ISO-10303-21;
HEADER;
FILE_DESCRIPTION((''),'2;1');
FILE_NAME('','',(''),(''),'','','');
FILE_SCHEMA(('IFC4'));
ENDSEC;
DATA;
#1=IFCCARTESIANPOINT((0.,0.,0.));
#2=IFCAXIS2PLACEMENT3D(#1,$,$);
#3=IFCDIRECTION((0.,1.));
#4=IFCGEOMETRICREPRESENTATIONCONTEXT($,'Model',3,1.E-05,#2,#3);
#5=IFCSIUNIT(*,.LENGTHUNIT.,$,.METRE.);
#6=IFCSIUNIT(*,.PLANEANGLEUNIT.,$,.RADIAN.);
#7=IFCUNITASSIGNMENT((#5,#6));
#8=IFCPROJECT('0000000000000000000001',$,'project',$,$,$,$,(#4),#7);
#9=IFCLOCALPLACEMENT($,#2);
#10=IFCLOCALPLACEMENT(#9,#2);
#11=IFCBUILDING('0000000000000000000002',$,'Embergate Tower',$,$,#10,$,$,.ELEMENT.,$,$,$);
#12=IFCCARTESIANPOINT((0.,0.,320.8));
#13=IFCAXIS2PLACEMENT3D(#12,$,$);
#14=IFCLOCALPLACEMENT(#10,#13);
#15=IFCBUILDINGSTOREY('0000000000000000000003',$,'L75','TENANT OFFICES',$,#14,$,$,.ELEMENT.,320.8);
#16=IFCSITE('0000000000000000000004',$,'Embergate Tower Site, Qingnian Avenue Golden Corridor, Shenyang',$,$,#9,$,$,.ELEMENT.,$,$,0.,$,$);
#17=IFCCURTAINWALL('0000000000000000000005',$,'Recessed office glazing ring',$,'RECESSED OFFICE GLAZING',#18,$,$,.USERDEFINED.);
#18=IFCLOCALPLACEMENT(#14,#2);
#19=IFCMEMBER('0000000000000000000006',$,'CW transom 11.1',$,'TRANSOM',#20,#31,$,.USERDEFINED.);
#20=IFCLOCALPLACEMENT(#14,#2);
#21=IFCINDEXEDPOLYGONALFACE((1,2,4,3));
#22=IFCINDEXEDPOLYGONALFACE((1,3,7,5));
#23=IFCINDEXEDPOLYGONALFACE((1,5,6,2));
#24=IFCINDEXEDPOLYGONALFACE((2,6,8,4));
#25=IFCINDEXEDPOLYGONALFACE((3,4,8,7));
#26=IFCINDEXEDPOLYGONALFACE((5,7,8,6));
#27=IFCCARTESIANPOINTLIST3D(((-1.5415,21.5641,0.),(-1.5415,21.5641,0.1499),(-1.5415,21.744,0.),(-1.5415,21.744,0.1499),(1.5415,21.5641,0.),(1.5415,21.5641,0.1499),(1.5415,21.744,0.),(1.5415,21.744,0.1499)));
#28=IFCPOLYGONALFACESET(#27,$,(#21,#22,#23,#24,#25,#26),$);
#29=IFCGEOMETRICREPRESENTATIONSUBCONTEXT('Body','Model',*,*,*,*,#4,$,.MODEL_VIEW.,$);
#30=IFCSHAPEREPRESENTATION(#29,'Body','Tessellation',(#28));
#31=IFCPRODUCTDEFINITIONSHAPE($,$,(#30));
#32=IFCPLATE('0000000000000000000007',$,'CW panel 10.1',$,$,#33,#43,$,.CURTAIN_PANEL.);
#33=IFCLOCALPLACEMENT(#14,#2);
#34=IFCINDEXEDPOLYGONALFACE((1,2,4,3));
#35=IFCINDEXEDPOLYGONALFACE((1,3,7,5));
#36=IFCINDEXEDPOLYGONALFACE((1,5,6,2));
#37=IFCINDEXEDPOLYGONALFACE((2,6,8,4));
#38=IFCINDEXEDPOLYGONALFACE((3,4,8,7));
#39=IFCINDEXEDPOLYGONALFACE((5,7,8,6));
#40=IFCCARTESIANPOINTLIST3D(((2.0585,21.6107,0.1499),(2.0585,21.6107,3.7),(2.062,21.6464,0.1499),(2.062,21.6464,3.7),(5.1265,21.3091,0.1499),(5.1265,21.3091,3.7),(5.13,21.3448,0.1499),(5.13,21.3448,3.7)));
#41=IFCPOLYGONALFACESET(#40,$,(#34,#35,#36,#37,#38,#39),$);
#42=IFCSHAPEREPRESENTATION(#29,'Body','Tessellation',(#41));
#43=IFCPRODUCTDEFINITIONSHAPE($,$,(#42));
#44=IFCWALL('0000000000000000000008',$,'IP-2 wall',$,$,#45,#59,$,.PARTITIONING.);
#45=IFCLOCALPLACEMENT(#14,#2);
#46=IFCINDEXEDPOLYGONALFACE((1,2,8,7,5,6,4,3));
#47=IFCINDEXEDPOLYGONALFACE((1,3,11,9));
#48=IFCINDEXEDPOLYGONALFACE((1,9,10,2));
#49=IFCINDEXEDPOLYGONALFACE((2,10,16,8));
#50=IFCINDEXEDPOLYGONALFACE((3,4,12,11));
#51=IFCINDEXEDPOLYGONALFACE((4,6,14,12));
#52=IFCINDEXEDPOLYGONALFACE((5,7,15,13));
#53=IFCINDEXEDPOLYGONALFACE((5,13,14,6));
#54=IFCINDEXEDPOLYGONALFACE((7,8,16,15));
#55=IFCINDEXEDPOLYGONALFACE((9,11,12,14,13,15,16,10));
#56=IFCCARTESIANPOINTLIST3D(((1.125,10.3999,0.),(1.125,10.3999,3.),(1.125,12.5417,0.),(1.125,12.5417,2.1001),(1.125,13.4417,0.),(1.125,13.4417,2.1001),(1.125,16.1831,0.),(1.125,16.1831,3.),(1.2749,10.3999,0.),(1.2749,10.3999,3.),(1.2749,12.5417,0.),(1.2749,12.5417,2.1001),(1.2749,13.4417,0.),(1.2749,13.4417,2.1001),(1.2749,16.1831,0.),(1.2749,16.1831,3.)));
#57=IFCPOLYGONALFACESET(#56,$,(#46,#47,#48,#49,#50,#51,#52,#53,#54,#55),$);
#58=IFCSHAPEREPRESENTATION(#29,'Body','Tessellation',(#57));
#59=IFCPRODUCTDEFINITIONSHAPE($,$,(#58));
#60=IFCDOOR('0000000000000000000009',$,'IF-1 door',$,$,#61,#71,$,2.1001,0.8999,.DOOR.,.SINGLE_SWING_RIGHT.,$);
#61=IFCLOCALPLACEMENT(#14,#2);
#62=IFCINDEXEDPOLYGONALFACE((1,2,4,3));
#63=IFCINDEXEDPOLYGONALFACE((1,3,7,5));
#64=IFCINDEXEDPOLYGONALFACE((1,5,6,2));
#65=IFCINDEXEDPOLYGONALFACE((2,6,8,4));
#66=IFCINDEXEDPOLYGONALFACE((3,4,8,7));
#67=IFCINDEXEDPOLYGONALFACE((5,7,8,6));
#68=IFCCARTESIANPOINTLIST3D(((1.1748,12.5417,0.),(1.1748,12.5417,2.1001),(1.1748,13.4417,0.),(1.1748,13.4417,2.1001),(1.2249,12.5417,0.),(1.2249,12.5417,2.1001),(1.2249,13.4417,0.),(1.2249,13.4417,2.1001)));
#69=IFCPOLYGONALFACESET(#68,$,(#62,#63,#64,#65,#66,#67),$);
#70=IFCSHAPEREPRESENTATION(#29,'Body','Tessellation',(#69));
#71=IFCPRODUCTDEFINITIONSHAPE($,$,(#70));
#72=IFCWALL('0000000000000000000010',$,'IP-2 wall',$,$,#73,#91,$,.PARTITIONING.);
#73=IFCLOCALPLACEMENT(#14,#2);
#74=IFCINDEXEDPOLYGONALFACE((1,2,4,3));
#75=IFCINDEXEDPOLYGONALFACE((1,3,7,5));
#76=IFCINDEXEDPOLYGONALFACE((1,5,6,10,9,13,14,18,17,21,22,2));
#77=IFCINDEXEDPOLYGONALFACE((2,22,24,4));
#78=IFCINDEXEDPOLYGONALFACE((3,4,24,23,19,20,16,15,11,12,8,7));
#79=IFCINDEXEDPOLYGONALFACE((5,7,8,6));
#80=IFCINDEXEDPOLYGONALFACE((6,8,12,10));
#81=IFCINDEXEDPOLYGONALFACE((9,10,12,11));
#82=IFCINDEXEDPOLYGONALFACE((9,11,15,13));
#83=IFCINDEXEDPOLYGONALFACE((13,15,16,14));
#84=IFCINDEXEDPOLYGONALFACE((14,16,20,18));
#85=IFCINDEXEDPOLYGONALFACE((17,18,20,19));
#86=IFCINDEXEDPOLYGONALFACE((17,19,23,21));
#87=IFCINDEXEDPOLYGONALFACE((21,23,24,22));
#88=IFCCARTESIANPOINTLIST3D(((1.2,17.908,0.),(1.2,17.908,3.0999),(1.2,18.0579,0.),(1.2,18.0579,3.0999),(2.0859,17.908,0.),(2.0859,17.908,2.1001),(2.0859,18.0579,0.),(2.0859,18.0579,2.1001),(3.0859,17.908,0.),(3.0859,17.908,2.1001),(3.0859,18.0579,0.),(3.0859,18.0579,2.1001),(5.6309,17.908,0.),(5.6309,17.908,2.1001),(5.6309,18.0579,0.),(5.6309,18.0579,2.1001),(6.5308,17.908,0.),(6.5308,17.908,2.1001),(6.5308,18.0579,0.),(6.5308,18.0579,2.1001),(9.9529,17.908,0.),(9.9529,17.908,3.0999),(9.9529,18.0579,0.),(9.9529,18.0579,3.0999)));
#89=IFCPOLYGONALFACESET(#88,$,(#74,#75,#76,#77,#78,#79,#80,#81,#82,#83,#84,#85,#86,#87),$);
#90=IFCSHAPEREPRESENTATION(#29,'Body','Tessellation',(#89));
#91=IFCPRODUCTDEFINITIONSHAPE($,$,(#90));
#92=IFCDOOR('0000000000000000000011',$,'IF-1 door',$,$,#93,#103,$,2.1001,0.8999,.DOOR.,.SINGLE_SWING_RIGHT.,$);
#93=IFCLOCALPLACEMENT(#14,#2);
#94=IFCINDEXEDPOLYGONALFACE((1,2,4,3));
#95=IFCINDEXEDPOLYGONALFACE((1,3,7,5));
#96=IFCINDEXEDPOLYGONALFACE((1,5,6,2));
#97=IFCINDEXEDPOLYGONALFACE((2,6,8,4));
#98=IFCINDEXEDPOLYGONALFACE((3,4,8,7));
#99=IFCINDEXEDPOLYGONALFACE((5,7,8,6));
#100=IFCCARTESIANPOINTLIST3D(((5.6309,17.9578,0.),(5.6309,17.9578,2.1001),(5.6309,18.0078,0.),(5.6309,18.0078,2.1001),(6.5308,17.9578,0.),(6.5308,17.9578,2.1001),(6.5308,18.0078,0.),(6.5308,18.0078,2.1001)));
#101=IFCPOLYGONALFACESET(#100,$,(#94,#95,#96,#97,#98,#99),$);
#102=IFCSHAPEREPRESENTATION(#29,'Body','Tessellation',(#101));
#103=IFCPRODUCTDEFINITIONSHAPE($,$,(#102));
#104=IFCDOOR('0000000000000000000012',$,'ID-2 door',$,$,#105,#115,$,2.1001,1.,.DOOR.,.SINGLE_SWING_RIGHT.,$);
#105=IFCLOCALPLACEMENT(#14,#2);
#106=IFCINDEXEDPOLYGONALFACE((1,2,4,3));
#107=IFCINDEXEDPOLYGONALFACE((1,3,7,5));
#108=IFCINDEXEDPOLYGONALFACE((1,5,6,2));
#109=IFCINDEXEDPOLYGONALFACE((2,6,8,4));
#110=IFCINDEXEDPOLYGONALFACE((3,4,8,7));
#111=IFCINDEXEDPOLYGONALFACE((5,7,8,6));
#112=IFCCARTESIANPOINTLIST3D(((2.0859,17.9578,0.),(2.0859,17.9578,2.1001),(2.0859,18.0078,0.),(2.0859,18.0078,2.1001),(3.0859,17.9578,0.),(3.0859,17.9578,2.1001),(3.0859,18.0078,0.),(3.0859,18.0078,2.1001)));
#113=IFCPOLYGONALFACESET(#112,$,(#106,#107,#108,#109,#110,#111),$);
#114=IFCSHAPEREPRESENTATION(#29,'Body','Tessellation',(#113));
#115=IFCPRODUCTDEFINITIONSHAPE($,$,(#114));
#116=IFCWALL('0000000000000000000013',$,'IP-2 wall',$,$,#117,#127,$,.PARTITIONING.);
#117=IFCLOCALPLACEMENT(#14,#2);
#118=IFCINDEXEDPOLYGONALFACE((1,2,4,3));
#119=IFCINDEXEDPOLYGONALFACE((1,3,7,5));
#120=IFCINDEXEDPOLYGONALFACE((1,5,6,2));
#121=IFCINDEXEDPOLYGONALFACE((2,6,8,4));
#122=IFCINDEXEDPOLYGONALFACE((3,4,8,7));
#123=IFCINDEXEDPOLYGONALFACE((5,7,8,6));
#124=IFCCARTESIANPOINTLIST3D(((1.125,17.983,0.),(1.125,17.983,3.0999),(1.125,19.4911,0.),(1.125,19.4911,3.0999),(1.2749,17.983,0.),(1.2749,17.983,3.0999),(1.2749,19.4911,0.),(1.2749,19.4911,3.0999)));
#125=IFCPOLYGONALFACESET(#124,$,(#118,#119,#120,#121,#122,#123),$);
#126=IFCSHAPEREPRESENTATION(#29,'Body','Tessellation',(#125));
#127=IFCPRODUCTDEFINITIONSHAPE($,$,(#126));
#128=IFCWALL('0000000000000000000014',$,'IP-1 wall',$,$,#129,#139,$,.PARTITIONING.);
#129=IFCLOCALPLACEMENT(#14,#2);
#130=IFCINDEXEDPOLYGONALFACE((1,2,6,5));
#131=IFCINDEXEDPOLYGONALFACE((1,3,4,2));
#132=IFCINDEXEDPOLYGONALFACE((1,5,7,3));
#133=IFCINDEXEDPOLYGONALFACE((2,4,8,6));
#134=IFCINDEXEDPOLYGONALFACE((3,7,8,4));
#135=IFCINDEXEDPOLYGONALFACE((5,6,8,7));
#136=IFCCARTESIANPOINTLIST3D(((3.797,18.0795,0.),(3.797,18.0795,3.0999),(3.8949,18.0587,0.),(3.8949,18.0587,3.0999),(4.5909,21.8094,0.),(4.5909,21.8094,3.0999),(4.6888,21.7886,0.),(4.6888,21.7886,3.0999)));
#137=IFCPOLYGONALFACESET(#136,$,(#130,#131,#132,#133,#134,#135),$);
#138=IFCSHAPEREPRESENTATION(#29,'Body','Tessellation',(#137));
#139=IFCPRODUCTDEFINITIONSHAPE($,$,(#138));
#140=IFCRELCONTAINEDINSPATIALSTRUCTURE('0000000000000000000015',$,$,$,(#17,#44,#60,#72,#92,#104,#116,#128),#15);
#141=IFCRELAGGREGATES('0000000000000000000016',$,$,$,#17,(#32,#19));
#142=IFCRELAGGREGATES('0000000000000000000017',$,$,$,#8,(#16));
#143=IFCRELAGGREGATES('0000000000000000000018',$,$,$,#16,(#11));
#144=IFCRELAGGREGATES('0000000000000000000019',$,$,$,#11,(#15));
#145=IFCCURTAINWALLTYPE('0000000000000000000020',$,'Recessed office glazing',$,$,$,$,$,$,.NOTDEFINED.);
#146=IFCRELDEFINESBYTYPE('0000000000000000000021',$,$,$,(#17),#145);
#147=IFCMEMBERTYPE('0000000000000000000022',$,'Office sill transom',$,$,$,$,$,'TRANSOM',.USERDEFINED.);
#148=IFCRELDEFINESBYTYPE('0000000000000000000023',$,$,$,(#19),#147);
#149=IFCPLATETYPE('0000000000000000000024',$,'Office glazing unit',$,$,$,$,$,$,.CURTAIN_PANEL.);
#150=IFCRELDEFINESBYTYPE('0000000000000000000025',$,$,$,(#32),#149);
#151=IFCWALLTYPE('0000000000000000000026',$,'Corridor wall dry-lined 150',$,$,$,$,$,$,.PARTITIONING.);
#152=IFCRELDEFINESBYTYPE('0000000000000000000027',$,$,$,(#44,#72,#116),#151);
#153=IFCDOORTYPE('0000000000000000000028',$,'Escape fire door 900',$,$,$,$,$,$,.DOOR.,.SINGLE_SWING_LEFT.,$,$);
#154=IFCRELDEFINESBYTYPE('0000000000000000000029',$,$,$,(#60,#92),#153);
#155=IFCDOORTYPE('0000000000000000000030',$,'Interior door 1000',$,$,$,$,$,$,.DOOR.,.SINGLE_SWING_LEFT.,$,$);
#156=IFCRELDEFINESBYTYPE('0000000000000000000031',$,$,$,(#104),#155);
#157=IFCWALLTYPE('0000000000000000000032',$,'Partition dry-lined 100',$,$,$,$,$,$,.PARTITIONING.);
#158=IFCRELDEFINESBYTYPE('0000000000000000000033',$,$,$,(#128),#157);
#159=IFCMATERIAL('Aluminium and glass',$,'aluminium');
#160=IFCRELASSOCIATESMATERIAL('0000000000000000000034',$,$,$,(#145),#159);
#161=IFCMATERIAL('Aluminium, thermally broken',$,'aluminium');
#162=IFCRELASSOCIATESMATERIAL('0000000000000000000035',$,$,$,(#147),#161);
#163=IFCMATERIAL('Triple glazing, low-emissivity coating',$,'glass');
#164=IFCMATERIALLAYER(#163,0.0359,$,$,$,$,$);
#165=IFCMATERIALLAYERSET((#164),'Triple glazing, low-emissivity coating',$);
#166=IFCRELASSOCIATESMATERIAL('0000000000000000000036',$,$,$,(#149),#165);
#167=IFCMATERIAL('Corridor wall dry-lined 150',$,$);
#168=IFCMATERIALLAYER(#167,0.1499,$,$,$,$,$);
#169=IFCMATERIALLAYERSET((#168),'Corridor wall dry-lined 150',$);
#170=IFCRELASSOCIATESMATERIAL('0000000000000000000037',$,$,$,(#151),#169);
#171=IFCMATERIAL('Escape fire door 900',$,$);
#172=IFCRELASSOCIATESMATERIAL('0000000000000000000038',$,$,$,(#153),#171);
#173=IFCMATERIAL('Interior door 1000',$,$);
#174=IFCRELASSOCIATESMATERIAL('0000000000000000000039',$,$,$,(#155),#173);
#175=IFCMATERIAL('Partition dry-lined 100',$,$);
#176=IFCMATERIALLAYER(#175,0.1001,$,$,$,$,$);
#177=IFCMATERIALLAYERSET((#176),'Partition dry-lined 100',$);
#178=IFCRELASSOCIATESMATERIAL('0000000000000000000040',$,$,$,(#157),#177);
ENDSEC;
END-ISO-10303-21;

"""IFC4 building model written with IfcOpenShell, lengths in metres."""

from ifc_helpers import new_model, si_unit, direction, frame, frame_2d, origin, origin_2d, place, context, subcontext, project, spatial, rectangle, extrude, source, transform, mapped, material, layer, layer_set, material_profile, profile_set, type_object, element, fill, aggregate, save


model = new_model("IFC4")

# Units and contexts
model_context = context("Model", 3, precision=1e-05, world=origin(), true_north=direction((0.0, 1.0)))
body_context = subcontext(model_context, "Body", "Model", "MODEL_VIEW")
ifc_project = project(units=[si_unit("LENGTHUNIT", "METRE"), si_unit("PLANEANGLEUNIT", "RADIAN")], contexts=[model_context])

# Site, building, storey
site_placement = place(None, origin())
site = spatial("IfcSite", under=ifc_project, at=site_placement, Name="Embergate Tower Site, Qingnian Avenue Golden Corridor, Shenyang", CompositionType="ELEMENT", RefElevation=0.0)
building_placement = place(site_placement, origin())
building = spatial("IfcBuilding", under=site, at=building_placement, Name="Embergate Tower", CompositionType="ELEMENT")
storey_placement = place(building_placement, frame((0.0, 0.0, 320.8)))
storey = spatial("IfcBuildingStorey", under=building, at=storey_placement, Name="L75", Description="TENANT OFFICES", CompositionType="ELEMENT", Elevation=320.8)

# Curtain wall, member, plate
ifc_material_1 = material(Name="Aluminium and glass", Category="aluminium")
curtain_wall_type = type_object("IfcCurtainWallType", Name="Recessed office glazing", PredefinedType="NOTDEFINED", material=ifc_material_1)
curtain_wall_placement = place(storey_placement, origin())
curtain_wall = element("IfcCurtainWall", 1, at=curtain_wall_placement, inside=storey, type_object=curtain_wall_type, Name="Recessed office glazing ring", ObjectType="RECESSED OFFICE GLAZING", PredefinedType="USERDEFINED")
ifc_material_2 = material(Name="Aluminium, thermally broken", Category="aluminium")
ifc_material_profile_1 = material_profile(ifc_material_2, rectangle(XDim=0.1799, YDim=0.1499, at=origin_2d()), Name="AL 150x180")
ifc_profile_set_1 = profile_set([ifc_material_profile_1], Name="Aluminium, thermally broken")
member_type_1 = type_object("IfcMemberType", Name="Office sill transom", ElementType="TRANSOM", PredefinedType="USERDEFINED", material=ifc_profile_set_1)
shared_shape_1 = source(origin(), body_context, "Body", "SweptSolid", [
    extrude(rectangle(XDim=0.1799, YDim=0.1499, at=origin_2d()), origin(), (0.0, 0.0, 1.0), 3.083),
])
member_1_placement = place(storey_placement, frame((1.5415, 21.6541, 0.075), z_axis=(-1.0, 0.0, 0.0), x_axis=(0.0, -1.0, 0.0)))
member_1 = element("IfcMember", 2, at=member_1_placement, type_object=member_type_1, Name="CW transom 11.1", ObjectType="TRANSOM", PredefinedType="USERDEFINED", context=body_context, shape_type="MappedRepresentation", body=[
    mapped(shared_shape_1, transform((0.0, 0.0, 0.0))),
])
ifc_material_3 = material(Name="Triple glazing, low-emissivity coating", Category="glass")
ifc_layer_1 = layer(ifc_material_3, 0.0359)
ifc_layer_set_1 = layer_set([ifc_layer_1], Name="Triple glazing, low-emissivity coating")
plate_type = type_object("IfcPlateType", Name="Office glazing unit", PredefinedType="CURTAIN_PANEL", material=ifc_layer_set_1)
shared_shape_2 = source(origin(), body_context, "Body", "SweptSolid", [
    extrude(rectangle(XDim=3.0828, YDim=0.0359, at=origin_2d()), origin(), (0.0, 0.0, 1.0), 3.55),
])
plate_placement = place(storey_placement, frame((3.5942, 21.4778, 0.1499), z_axis=(0.0, 0.0, 1.0), x_axis=(-0.995203, 0.097831, 0.0)))
plate = element("IfcPlate", 3, at=plate_placement, type_object=plate_type, Name="CW panel 10.1", PredefinedType="CURTAIN_PANEL", context=body_context, shape_type="MappedRepresentation", body=[
    mapped(shared_shape_2, transform((0.0, 0.0, 0.0))),
])
aggregate(curtain_wall, [plate, member_1])

# Wall, opening, door
ifc_material_4 = material(Name="Corridor wall dry-lined 150")
ifc_layer_2 = layer(ifc_material_4, 0.1499)
ifc_layer_set_2 = layer_set([ifc_layer_2], Name="Corridor wall dry-lined 150")
wall_type_1 = type_object("IfcWallType", Name="Corridor wall dry-lined 150", PredefinedType="PARTITIONING", material=ifc_layer_set_2)
shared_shape_3 = source(origin(), body_context, "Body", "SweptSolid", [
    extrude(rectangle(XDim=5.7832, YDim=0.1499, at=frame_2d((2.8916, 0.0))), origin(), (0.0, 0.0, 1.0), 3.0),
])
wall_1_placement = place(storey_placement, frame((1.2, 16.1831, 0.0), z_axis=(0.0, 0.0, 1.0), x_axis=(0.0, -1.0, 0.0)))
wall_1 = element("IfcWall", 4, at=wall_1_placement, inside=storey, type_object=wall_type_1, Name="IP-2 wall", PredefinedType="PARTITIONING", context=body_context, shape_type="MappedRepresentation", body=[
    mapped(shared_shape_3, transform((0.0, 0.0, 0.0))),
])
shared_shape_4 = source(origin(), body_context, "Body", "SweptSolid", [
    extrude(rectangle(XDim=0.8999, YDim=2.1001, at=frame_2d((0.45, 1.05))), frame((0.0, 0.085, 0.0), z_axis=(0.0, -1.0, 0.0), x_axis=(1.0, 0.0, 0.0)), (0.0, 0.0, 1.0), 0.1699),
])
opening_1_placement = place(wall_1_placement, frame((2.7415, 0.0, 0.0)))
opening_1 = element("IfcOpeningElement", 5, at=opening_1_placement, cuts=wall_1, PredefinedType="OPENING", context=body_context, shape_type="MappedRepresentation", body=[
    mapped(shared_shape_4, transform((0.0, 0.0, 0.0))),
])
ifc_material_5 = material(Name="Escape fire door 900")
door_type_1 = type_object("IfcDoorType", Name="Escape fire door 900", OperationType="SINGLE_SWING_LEFT", PredefinedType="DOOR", material=ifc_material_5)
shared_shape_5 = source(origin(), body_context, "Body", "SweptSolid", [
    extrude(rectangle(XDim=0.8999, YDim=2.1001, at=frame_2d((0.45, 1.05))), frame((0.0, 0.0249, 0.0), z_axis=(0.0, -1.0, 0.0), x_axis=(1.0, 0.0, 0.0)), (0.0, 0.0, 1.0), 0.05),
])
door_1_placement = place(opening_1_placement, origin())
door_1 = element("IfcDoor", 6, at=door_1_placement, inside=storey, type_object=door_type_1, Name="IF-1 door", OperationType="SINGLE_SWING_RIGHT", OverallHeight=2.1001, OverallWidth=0.8999, PredefinedType="DOOR", context=body_context, shape_type="MappedRepresentation", body=[
    mapped(shared_shape_5, transform((0.0, 0.0, 0.0))),
])
fill(opening_1, door_1)

# Wall, openings, doors
shared_shape_6 = source(origin(), body_context, "Body", "SweptSolid", [
    extrude(rectangle(XDim=8.7529, YDim=0.1499, at=frame_2d((4.3765, 0.0))), origin(), (0.0, 0.0, 1.0), 3.0999),
])
wall_2_placement = place(storey_placement, frame((1.2, 17.9829, 0.0), z_axis=(0.0, 0.0, 1.0), x_axis=(1.0, 0.0, 0.0)))
wall_2 = element("IfcWall", 7, at=wall_2_placement, inside=storey, type_object=wall_type_1, Name="IP-2 wall", PredefinedType="PARTITIONING", context=body_context, shape_type="MappedRepresentation", body=[
    mapped(shared_shape_6, transform((0.0, 0.0, 0.0))),
])
opening_2_placement = place(wall_2_placement, frame((4.4309, 0.0, 0.0)))
opening_2 = element("IfcOpeningElement", 8, at=opening_2_placement, cuts=wall_2, PredefinedType="OPENING", context=body_context, shape_type="MappedRepresentation", body=[
    mapped(shared_shape_4, transform((0.0, 0.0, 0.0))),
])
shared_shape_7 = source(origin(), body_context, "Body", "SweptSolid", [
    extrude(rectangle(XDim=1.0, YDim=2.1001, at=frame_2d((0.5, 1.05))), frame((0.0, 0.085, 0.0), z_axis=(0.0, -1.0, 0.0), x_axis=(1.0, 0.0, 0.0)), (0.0, 0.0, 1.0), 0.1699),
])
opening_3_placement = place(wall_2_placement, frame((0.886, 0.0, 0.0)))
opening_3 = element("IfcOpeningElement", 9, at=opening_3_placement, cuts=wall_2, PredefinedType="OPENING", context=body_context, shape_type="MappedRepresentation", body=[
    mapped(shared_shape_7, transform((0.0, 0.0, 0.0))),
])
door_2_placement = place(opening_2_placement, origin())
door_2 = element("IfcDoor", 10, at=door_2_placement, inside=storey, type_object=door_type_1, Name="IF-1 door", OperationType="SINGLE_SWING_RIGHT", OverallHeight=2.1001, OverallWidth=0.8999, PredefinedType="DOOR", context=body_context, shape_type="MappedRepresentation", body=[
    mapped(shared_shape_5, transform((0.0, 0.0, 0.0))),
])
fill(opening_2, door_2)
ifc_material_6 = material(Name="Interior door 1000")
door_type_2 = type_object("IfcDoorType", Name="Interior door 1000", OperationType="SINGLE_SWING_LEFT", PredefinedType="DOOR", material=ifc_material_6)
shared_shape_8 = source(origin(), body_context, "Body", "SweptSolid", [
    extrude(rectangle(XDim=1.0, YDim=2.1001, at=frame_2d((0.5, 1.05))), frame((0.0, 0.0249, 0.0), z_axis=(0.0, -1.0, 0.0), x_axis=(1.0, 0.0, 0.0)), (0.0, 0.0, 1.0), 0.05),
])
door_3_placement = place(opening_3_placement, origin())
door_3 = element("IfcDoor", 11, at=door_3_placement, inside=storey, type_object=door_type_2, Name="ID-2 door", OperationType="SINGLE_SWING_RIGHT", OverallHeight=2.1001, OverallWidth=1.0, PredefinedType="DOOR", context=body_context, shape_type="MappedRepresentation", body=[
    mapped(shared_shape_8, transform((0.0, 0.0, 0.0))),
])
fill(opening_3, door_3)

# Walls
shared_shape_9 = source(origin(), body_context, "Body", "SweptSolid", [
    extrude(rectangle(XDim=1.5081, YDim=0.1499, at=frame_2d((0.7539, 0.0))), origin(), (0.0, 0.0, 1.0), 3.0999),
])
wall_3_placement = place(storey_placement, frame((1.2, 19.491, 0.0), z_axis=(0.0, 0.0, 1.0), x_axis=(0.0, -1.0, 0.0)))
element("IfcWall", 12, at=wall_3_placement, inside=storey, type_object=wall_type_1, Name="IP-2 wall", PredefinedType="PARTITIONING", context=body_context, shape_type="MappedRepresentation", body=[
    mapped(shared_shape_9, transform((0.0, 0.0, 0.0))),
])
ifc_material_7 = material(Name="Partition dry-lined 100")
ifc_layer_3 = layer(ifc_material_7, 0.1001)
ifc_layer_set_3 = layer_set([ifc_layer_3], Name="Partition dry-lined 100")
wall_type_2 = type_object("IfcWallType", Name="Partition dry-lined 100", PredefinedType="PARTITIONING", material=ifc_layer_set_3)
shared_shape_10 = source(origin(), body_context, "Body", "SweptSolid", [
    extrude(rectangle(XDim=3.8135, YDim=0.1001, at=frame_2d((1.9067, 0.0))), origin(), (0.0, 0.0, 1.0), 3.0999),
])
wall_4_placement = place(storey_placement, frame((3.8459, 18.0691, 0.0), z_axis=(0.0, 0.0, 1.0), x_axis=(0.208191, 0.978088, 0.0)))
element("IfcWall", 13, at=wall_4_placement, inside=storey, type_object=wall_type_2, Name="IP-1 wall", PredefinedType="PARTITIONING", context=body_context, shape_type="MappedRepresentation", body=[
    mapped(shared_shape_10, transform((0.0, 0.0, 0.0))),
])

save(model, "model.ifc")
